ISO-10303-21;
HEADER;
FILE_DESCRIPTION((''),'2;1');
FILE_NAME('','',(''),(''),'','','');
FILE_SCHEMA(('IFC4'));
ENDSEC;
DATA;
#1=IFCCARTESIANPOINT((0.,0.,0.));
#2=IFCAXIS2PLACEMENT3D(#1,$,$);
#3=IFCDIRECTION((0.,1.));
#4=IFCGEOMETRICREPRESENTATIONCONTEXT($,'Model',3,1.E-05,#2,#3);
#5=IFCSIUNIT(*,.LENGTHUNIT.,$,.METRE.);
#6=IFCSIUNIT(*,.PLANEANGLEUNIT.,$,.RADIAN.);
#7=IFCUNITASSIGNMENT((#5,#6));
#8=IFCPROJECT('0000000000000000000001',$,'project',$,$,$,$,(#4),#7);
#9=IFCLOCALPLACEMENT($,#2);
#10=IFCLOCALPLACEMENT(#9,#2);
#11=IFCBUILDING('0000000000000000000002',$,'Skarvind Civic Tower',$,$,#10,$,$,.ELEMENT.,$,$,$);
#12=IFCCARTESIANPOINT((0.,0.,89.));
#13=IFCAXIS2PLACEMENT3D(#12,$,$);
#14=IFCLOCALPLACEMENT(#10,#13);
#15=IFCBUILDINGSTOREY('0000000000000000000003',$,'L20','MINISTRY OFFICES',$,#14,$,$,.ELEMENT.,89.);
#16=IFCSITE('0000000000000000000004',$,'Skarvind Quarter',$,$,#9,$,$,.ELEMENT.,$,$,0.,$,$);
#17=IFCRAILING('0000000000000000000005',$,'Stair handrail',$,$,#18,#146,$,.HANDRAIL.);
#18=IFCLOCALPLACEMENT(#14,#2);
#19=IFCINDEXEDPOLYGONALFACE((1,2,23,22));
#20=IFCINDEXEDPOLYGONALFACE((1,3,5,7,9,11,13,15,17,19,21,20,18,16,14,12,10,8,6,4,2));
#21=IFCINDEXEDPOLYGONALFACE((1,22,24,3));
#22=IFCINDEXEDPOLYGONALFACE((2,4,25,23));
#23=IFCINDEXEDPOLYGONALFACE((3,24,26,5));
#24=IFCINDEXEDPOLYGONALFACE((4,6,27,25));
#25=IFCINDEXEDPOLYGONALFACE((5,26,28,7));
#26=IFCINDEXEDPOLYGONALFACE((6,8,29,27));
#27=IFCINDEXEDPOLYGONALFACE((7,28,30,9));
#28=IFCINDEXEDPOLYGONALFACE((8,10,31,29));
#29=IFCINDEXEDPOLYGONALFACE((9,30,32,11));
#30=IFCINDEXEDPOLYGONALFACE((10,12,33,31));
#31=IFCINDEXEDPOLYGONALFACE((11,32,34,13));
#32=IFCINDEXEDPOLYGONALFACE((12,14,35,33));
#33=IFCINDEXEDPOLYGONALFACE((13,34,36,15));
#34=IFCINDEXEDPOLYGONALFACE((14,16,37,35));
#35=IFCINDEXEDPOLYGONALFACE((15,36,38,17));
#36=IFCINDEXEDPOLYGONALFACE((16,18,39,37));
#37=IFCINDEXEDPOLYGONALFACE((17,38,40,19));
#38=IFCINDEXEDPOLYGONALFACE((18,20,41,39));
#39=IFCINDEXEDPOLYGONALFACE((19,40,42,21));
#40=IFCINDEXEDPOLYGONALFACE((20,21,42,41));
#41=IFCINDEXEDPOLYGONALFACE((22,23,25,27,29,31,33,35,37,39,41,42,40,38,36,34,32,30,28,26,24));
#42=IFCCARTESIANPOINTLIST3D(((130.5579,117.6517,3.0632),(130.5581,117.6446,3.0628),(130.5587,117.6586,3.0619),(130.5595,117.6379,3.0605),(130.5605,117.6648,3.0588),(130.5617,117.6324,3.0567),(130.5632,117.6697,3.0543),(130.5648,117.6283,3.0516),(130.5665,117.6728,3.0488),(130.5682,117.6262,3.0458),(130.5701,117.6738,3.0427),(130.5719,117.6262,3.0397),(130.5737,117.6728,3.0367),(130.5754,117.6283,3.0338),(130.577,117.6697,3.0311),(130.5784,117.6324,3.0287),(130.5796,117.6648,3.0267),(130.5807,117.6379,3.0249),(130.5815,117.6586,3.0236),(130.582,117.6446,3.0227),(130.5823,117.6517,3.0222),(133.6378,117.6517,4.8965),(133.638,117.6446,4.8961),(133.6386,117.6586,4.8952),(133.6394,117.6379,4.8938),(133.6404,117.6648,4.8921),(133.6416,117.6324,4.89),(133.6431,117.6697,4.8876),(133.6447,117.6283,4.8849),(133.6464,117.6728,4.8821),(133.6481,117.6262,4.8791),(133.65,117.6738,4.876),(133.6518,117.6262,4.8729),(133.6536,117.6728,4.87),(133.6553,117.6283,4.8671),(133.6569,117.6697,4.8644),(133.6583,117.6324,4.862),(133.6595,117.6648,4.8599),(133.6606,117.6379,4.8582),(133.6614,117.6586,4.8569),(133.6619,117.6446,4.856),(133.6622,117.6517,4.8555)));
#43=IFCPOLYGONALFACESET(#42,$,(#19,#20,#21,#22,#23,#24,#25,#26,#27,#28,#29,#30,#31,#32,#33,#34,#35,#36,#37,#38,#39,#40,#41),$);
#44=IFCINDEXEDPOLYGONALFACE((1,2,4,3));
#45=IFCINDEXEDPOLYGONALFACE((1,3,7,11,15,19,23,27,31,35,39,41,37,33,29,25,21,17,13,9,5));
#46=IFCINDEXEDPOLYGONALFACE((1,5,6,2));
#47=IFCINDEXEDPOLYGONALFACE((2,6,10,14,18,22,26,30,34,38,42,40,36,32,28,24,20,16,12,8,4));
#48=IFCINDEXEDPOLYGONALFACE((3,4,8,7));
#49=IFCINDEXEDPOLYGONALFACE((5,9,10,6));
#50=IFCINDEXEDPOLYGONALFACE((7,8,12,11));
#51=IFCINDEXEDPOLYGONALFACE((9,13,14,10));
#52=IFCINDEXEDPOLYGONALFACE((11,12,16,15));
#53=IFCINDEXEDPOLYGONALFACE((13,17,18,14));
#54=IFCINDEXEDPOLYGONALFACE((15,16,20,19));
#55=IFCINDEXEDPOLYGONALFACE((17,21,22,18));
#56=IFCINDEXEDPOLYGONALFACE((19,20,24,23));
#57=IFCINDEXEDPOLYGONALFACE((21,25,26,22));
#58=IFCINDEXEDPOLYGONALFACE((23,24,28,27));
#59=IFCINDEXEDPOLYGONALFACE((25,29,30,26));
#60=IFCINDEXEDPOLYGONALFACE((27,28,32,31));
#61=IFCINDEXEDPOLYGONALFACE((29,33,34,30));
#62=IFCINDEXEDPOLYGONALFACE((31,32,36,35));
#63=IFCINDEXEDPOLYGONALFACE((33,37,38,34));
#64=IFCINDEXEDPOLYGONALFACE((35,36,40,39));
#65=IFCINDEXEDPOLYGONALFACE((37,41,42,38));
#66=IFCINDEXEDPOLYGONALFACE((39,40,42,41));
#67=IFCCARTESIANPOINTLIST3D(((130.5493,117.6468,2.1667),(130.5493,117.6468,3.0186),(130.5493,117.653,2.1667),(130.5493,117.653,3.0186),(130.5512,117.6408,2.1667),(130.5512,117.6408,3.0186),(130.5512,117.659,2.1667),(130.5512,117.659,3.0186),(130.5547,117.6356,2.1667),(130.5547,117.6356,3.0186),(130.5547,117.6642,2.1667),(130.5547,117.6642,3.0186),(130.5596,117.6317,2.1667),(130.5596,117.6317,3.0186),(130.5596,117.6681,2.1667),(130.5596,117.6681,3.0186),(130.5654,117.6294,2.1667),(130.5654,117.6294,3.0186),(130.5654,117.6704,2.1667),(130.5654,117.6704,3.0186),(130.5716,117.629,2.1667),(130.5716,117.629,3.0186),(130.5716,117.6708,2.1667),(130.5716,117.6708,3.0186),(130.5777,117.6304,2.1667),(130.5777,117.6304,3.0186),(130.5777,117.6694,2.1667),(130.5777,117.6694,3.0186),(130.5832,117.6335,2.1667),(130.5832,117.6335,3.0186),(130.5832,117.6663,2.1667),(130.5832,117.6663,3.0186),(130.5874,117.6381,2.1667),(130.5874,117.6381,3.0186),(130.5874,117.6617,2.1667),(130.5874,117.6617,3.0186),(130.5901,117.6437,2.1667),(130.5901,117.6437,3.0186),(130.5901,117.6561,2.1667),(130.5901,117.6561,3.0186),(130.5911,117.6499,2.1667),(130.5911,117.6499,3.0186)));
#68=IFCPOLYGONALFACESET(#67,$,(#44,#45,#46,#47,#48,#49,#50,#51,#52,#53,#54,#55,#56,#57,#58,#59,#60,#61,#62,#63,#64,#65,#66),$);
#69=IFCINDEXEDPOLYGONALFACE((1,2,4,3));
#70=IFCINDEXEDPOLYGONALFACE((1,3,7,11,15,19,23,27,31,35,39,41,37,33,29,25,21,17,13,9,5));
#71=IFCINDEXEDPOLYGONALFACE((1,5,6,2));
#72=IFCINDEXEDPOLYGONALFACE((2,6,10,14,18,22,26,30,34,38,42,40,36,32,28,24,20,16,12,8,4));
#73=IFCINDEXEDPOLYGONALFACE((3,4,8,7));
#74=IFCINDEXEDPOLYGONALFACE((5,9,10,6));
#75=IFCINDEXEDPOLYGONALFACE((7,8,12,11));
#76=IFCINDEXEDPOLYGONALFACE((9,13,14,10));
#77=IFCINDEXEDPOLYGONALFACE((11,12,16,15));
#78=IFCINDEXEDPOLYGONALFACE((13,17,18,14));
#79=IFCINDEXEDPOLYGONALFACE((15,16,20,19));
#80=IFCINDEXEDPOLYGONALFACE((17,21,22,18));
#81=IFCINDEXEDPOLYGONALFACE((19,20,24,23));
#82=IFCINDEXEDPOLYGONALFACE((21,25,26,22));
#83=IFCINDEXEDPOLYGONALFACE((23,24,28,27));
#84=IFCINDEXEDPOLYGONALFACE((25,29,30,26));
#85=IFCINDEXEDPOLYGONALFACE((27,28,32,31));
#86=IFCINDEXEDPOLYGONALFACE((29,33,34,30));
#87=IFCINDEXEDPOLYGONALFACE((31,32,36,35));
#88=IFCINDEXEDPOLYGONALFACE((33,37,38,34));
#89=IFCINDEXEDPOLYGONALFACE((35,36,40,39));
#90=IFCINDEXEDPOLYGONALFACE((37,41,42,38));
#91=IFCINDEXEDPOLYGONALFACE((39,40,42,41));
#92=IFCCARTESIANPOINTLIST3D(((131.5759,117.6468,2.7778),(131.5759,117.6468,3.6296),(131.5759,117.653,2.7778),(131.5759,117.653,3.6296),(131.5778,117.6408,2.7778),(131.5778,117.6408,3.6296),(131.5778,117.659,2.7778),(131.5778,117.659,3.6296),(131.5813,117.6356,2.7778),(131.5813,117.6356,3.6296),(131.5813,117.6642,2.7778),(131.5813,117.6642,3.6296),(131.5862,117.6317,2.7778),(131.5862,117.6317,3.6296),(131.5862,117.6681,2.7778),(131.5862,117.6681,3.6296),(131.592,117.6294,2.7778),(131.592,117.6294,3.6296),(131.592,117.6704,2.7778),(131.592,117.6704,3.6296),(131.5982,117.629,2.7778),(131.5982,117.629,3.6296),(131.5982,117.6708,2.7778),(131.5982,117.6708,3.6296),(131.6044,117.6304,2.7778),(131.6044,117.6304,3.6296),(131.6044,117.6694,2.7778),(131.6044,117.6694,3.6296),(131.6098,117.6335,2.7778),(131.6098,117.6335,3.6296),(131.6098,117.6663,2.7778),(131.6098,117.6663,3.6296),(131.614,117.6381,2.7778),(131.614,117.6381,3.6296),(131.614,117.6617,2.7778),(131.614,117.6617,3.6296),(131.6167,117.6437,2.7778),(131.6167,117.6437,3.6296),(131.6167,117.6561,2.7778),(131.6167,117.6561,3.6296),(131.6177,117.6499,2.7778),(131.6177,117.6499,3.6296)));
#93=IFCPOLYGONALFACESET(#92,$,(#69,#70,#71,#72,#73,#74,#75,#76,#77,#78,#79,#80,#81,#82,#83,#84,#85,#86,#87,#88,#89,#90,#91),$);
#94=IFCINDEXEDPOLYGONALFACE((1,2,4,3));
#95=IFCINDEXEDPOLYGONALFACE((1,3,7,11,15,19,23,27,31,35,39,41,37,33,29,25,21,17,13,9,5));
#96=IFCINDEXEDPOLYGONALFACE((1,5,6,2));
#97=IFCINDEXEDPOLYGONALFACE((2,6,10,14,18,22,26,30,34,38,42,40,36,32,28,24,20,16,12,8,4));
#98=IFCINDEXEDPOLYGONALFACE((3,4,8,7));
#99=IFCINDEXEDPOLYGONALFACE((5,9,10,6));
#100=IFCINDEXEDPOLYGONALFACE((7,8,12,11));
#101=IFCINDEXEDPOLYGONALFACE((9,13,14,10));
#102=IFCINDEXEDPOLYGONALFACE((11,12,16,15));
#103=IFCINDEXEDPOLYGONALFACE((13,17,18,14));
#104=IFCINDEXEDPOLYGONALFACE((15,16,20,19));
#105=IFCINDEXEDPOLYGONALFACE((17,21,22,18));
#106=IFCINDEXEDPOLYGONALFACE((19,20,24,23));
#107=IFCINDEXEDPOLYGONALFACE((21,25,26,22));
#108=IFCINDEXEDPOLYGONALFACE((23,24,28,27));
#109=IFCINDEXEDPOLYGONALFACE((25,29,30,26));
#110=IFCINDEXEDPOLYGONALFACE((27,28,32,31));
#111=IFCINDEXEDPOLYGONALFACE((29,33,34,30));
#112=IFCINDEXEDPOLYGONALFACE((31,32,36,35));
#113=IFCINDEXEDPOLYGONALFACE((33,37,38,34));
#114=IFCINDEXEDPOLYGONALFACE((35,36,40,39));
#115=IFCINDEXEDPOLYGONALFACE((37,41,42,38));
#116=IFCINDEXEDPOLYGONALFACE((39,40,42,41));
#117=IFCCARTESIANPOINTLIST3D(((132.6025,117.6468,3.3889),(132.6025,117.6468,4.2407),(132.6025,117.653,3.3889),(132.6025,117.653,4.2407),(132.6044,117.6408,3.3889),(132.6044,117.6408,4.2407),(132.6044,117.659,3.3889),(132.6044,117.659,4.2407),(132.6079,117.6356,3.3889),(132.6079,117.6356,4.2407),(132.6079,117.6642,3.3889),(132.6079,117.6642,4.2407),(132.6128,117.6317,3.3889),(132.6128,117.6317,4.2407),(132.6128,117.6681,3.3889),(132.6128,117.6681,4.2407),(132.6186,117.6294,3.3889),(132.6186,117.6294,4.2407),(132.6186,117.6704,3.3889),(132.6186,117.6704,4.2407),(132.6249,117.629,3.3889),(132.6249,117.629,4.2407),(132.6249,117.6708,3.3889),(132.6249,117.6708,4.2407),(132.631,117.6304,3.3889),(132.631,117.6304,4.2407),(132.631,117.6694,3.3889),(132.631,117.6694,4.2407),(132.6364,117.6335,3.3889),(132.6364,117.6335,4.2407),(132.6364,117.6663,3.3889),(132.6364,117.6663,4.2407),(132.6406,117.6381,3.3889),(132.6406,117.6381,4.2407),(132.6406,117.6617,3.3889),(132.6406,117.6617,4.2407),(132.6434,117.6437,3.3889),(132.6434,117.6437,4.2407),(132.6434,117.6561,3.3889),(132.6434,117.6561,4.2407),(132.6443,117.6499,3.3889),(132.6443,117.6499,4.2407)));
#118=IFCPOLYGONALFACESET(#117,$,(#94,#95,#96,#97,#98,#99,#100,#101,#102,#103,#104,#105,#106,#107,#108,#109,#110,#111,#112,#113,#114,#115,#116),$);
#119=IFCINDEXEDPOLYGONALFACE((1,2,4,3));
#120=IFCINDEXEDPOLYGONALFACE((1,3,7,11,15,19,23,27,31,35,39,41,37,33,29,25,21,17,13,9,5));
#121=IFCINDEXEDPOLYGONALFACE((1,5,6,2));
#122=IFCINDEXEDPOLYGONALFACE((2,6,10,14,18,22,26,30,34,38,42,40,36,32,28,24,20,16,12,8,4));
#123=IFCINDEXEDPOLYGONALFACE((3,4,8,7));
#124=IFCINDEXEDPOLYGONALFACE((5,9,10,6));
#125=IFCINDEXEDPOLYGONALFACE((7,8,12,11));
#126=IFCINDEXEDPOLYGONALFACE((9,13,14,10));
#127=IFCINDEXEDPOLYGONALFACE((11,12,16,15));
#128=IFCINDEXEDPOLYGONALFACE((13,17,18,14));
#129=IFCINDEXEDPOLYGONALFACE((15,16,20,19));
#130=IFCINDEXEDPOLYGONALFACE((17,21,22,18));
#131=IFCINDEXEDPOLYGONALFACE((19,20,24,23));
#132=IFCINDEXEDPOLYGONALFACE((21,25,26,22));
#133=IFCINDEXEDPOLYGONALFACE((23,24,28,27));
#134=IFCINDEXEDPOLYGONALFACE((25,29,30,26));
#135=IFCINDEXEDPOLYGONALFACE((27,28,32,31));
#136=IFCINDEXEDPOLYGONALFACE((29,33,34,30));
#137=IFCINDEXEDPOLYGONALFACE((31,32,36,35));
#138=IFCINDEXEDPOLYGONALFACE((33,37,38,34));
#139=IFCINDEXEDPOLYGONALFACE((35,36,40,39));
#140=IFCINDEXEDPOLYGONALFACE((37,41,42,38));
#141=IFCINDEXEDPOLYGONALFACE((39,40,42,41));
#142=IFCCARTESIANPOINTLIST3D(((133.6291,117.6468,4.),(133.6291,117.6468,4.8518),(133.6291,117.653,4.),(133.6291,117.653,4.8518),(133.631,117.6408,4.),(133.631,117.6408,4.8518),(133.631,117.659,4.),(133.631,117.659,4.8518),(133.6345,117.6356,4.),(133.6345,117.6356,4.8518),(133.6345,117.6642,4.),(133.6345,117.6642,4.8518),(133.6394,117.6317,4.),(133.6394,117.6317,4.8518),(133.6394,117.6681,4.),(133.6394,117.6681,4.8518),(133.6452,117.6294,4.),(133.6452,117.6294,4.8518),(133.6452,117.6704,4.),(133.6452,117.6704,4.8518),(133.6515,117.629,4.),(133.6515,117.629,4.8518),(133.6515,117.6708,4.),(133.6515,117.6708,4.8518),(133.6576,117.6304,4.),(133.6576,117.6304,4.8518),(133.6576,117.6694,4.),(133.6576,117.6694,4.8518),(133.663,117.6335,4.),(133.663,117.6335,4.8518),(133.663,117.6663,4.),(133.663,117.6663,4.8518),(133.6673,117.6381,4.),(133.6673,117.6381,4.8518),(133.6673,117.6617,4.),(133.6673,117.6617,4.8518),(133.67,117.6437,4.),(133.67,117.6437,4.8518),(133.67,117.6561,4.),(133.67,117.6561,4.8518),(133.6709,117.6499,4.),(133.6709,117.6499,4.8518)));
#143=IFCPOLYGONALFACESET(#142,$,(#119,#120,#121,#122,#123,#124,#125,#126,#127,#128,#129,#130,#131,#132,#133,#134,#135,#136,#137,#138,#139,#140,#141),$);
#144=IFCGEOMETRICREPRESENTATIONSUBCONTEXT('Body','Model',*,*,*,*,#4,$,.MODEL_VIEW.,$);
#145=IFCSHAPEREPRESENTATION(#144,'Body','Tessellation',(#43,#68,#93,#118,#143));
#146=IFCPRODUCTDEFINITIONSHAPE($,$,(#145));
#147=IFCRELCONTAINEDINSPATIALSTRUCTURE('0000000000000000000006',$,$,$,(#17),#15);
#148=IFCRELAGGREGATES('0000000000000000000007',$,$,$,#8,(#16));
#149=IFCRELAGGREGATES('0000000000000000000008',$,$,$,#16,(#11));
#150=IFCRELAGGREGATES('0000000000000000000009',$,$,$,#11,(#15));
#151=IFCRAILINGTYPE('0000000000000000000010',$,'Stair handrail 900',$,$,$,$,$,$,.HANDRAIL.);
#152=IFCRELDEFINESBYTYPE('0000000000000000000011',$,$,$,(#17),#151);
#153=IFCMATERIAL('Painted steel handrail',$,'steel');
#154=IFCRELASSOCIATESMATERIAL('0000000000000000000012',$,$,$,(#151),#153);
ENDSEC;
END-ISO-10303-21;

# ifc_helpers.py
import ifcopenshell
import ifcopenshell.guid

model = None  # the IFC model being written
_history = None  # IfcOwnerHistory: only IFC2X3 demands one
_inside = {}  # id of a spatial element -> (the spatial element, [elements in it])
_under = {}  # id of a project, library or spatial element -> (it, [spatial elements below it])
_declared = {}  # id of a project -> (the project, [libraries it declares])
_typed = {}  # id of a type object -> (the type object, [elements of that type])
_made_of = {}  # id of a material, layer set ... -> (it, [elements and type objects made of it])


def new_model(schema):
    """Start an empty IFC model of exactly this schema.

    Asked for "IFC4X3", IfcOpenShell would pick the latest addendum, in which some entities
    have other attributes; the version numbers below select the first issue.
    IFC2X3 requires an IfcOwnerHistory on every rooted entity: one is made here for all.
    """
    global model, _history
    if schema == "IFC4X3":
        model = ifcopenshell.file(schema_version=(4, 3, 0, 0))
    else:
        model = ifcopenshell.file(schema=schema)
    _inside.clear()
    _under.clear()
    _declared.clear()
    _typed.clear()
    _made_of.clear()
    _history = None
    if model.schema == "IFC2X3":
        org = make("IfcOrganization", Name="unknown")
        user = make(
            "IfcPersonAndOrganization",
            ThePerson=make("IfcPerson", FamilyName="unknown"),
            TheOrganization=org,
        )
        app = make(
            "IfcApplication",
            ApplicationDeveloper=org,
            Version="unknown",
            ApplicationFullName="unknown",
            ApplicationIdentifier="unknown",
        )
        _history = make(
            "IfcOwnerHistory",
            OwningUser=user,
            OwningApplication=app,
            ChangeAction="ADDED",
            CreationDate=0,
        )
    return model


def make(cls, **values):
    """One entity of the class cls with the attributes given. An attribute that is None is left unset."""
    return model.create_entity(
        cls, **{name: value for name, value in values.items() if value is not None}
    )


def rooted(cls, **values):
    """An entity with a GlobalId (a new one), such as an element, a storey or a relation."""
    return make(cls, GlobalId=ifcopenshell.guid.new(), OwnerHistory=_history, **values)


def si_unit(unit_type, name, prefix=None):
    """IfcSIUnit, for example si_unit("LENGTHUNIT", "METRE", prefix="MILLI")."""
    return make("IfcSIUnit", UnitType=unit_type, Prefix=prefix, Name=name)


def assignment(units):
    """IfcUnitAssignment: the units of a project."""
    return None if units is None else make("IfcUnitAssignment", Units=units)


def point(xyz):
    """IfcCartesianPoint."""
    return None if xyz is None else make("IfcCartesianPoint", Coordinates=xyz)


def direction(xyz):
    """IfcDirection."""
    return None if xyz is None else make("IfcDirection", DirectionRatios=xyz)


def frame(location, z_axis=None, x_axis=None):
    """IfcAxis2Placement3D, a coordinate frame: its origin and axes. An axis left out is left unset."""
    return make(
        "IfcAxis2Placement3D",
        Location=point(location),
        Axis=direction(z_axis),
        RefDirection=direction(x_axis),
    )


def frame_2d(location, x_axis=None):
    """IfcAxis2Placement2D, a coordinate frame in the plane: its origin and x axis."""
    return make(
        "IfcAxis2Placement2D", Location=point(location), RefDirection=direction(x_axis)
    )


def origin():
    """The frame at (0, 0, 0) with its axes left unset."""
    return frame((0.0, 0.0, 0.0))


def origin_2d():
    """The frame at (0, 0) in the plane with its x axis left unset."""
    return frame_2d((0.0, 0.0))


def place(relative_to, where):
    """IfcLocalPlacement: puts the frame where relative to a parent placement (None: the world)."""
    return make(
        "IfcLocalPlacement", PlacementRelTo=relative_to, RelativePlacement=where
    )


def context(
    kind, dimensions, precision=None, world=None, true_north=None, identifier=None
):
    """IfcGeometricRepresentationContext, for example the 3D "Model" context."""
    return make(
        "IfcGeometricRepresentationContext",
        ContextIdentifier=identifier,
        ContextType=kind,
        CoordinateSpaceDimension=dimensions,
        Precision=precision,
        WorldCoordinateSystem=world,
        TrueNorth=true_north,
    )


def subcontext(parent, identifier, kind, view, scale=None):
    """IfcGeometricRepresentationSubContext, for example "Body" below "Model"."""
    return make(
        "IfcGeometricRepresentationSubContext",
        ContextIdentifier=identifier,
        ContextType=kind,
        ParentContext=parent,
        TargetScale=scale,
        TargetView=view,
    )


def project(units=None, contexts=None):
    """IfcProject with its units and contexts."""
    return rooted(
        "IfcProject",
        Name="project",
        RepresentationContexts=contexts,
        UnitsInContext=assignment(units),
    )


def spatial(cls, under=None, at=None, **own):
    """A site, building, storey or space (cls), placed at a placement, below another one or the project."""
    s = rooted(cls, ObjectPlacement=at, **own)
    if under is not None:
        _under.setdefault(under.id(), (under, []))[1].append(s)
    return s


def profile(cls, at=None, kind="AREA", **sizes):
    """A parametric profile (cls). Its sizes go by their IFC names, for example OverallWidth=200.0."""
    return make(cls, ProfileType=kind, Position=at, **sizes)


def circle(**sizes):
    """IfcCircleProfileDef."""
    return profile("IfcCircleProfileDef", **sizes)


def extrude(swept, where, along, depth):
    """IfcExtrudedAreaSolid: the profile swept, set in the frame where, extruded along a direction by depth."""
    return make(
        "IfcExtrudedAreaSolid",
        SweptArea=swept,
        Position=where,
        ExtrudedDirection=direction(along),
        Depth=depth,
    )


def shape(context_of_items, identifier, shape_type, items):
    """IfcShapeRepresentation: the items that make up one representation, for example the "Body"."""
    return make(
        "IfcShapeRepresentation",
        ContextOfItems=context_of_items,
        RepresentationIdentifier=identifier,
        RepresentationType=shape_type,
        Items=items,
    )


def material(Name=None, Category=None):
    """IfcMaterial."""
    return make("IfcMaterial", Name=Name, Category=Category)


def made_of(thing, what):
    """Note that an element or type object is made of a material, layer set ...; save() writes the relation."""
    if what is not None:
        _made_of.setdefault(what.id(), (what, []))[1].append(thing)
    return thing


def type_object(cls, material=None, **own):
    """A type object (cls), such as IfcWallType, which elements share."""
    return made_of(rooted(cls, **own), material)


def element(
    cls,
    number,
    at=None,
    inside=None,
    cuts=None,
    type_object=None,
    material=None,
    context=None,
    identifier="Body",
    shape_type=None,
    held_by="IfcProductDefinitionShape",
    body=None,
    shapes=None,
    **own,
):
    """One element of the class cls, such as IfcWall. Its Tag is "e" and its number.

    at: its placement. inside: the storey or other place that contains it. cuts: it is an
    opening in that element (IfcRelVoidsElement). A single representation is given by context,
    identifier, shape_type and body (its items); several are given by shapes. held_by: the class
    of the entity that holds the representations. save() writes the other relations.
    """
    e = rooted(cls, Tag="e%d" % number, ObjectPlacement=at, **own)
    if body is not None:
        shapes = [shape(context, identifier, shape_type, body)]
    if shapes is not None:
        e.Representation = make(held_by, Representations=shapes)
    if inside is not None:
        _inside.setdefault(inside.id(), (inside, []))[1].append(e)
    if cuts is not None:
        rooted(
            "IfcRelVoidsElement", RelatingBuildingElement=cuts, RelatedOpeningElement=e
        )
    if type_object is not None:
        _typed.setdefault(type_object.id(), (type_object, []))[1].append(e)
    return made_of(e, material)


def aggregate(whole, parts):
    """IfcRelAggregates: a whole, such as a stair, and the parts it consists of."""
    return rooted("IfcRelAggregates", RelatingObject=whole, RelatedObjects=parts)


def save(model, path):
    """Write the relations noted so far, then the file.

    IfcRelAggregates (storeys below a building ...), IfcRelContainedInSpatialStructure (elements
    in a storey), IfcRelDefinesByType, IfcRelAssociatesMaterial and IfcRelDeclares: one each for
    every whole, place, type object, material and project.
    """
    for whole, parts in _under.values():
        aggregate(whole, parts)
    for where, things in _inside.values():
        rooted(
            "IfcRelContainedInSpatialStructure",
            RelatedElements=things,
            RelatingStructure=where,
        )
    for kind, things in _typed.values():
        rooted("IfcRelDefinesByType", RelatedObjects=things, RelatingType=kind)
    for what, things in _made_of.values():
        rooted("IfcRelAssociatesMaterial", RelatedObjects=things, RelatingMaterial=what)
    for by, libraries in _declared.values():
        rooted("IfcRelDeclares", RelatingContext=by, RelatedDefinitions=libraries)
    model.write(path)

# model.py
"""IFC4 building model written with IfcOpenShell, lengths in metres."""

from ifc_helpers import new_model, si_unit, direction, frame, origin, origin_2d, place, context, subcontext, project, spatial, circle, extrude, material, type_object, element, save


model = new_model("IFC4")

# Units and contexts
model_context = context("Model", 3, precision=1e-05, world=origin(), true_north=direction((0.0, 1.0)))
body_context = subcontext(model_context, "Body", "Model", "MODEL_VIEW")
ifc_project = project(units=[si_unit("LENGTHUNIT", "METRE"), si_unit("PLANEANGLEUNIT", "RADIAN")], contexts=[model_context])

# Site, building, storey
site_placement = place(None, origin())
site = spatial("IfcSite", under=ifc_project, at=site_placement, Name="Skarvind Quarter", CompositionType="ELEMENT", RefElevation=0.0)
building_placement = place(site_placement, origin())
building = spatial("IfcBuilding", under=site, at=building_placement, Name="Skarvind Civic Tower", CompositionType="ELEMENT")
storey_placement = place(building_placement, frame((0.0, 0.0, 89.0)))
storey = spatial("IfcBuildingStorey", under=building, at=storey_placement, Name="L20", Description="MINISTRY OFFICES", CompositionType="ELEMENT", Elevation=89.0)

# Railing
ifc_material_1 = material(Name="Painted steel handrail", Category="steel")
railing_type = type_object("IfcRailingType", Name="Stair handrail 900", PredefinedType="HANDRAIL", material=ifc_material_1)
railing_1_placement = place(storey_placement, frame((130.5701, 117.6499, 2.1667)))
element("IfcRailing", 1, at=railing_1_placement, inside=storey, type_object=railing_type, Name="Stair handrail", PredefinedType="HANDRAIL", context=body_context, shape_type="SweptSolid", body=[
    extrude(circle(Radius=0.0239, at=origin_2d()), frame((0.0, 0.0, 0.876), z_axis=(0.859291, 0.0, 0.511487), x_axis=(0.0, 1.0, 0.0)), (0.0, 0.0, 1.0), 3.5842),
    extrude(circle(Radius=0.021, at=origin_2d()), origin(), (0.0, 0.0, 1.0), 0.8518),
    extrude(circle(Radius=0.021, at=origin_2d()), frame((1.0266, 0.0, 0.6111)), (0.0, 0.0, 1.0), 0.8518),
    extrude(circle(Radius=0.021, at=origin_2d()), frame((2.0532, 0.0, 1.2222)), (0.0, 0.0, 1.0), 0.8518),
    extrude(circle(Radius=0.021, at=origin_2d()), frame((3.0798, 0.0, 1.8333)), (0.0, 0.0, 1.0), 0.8518),
])

save(model, "model.ifc")
